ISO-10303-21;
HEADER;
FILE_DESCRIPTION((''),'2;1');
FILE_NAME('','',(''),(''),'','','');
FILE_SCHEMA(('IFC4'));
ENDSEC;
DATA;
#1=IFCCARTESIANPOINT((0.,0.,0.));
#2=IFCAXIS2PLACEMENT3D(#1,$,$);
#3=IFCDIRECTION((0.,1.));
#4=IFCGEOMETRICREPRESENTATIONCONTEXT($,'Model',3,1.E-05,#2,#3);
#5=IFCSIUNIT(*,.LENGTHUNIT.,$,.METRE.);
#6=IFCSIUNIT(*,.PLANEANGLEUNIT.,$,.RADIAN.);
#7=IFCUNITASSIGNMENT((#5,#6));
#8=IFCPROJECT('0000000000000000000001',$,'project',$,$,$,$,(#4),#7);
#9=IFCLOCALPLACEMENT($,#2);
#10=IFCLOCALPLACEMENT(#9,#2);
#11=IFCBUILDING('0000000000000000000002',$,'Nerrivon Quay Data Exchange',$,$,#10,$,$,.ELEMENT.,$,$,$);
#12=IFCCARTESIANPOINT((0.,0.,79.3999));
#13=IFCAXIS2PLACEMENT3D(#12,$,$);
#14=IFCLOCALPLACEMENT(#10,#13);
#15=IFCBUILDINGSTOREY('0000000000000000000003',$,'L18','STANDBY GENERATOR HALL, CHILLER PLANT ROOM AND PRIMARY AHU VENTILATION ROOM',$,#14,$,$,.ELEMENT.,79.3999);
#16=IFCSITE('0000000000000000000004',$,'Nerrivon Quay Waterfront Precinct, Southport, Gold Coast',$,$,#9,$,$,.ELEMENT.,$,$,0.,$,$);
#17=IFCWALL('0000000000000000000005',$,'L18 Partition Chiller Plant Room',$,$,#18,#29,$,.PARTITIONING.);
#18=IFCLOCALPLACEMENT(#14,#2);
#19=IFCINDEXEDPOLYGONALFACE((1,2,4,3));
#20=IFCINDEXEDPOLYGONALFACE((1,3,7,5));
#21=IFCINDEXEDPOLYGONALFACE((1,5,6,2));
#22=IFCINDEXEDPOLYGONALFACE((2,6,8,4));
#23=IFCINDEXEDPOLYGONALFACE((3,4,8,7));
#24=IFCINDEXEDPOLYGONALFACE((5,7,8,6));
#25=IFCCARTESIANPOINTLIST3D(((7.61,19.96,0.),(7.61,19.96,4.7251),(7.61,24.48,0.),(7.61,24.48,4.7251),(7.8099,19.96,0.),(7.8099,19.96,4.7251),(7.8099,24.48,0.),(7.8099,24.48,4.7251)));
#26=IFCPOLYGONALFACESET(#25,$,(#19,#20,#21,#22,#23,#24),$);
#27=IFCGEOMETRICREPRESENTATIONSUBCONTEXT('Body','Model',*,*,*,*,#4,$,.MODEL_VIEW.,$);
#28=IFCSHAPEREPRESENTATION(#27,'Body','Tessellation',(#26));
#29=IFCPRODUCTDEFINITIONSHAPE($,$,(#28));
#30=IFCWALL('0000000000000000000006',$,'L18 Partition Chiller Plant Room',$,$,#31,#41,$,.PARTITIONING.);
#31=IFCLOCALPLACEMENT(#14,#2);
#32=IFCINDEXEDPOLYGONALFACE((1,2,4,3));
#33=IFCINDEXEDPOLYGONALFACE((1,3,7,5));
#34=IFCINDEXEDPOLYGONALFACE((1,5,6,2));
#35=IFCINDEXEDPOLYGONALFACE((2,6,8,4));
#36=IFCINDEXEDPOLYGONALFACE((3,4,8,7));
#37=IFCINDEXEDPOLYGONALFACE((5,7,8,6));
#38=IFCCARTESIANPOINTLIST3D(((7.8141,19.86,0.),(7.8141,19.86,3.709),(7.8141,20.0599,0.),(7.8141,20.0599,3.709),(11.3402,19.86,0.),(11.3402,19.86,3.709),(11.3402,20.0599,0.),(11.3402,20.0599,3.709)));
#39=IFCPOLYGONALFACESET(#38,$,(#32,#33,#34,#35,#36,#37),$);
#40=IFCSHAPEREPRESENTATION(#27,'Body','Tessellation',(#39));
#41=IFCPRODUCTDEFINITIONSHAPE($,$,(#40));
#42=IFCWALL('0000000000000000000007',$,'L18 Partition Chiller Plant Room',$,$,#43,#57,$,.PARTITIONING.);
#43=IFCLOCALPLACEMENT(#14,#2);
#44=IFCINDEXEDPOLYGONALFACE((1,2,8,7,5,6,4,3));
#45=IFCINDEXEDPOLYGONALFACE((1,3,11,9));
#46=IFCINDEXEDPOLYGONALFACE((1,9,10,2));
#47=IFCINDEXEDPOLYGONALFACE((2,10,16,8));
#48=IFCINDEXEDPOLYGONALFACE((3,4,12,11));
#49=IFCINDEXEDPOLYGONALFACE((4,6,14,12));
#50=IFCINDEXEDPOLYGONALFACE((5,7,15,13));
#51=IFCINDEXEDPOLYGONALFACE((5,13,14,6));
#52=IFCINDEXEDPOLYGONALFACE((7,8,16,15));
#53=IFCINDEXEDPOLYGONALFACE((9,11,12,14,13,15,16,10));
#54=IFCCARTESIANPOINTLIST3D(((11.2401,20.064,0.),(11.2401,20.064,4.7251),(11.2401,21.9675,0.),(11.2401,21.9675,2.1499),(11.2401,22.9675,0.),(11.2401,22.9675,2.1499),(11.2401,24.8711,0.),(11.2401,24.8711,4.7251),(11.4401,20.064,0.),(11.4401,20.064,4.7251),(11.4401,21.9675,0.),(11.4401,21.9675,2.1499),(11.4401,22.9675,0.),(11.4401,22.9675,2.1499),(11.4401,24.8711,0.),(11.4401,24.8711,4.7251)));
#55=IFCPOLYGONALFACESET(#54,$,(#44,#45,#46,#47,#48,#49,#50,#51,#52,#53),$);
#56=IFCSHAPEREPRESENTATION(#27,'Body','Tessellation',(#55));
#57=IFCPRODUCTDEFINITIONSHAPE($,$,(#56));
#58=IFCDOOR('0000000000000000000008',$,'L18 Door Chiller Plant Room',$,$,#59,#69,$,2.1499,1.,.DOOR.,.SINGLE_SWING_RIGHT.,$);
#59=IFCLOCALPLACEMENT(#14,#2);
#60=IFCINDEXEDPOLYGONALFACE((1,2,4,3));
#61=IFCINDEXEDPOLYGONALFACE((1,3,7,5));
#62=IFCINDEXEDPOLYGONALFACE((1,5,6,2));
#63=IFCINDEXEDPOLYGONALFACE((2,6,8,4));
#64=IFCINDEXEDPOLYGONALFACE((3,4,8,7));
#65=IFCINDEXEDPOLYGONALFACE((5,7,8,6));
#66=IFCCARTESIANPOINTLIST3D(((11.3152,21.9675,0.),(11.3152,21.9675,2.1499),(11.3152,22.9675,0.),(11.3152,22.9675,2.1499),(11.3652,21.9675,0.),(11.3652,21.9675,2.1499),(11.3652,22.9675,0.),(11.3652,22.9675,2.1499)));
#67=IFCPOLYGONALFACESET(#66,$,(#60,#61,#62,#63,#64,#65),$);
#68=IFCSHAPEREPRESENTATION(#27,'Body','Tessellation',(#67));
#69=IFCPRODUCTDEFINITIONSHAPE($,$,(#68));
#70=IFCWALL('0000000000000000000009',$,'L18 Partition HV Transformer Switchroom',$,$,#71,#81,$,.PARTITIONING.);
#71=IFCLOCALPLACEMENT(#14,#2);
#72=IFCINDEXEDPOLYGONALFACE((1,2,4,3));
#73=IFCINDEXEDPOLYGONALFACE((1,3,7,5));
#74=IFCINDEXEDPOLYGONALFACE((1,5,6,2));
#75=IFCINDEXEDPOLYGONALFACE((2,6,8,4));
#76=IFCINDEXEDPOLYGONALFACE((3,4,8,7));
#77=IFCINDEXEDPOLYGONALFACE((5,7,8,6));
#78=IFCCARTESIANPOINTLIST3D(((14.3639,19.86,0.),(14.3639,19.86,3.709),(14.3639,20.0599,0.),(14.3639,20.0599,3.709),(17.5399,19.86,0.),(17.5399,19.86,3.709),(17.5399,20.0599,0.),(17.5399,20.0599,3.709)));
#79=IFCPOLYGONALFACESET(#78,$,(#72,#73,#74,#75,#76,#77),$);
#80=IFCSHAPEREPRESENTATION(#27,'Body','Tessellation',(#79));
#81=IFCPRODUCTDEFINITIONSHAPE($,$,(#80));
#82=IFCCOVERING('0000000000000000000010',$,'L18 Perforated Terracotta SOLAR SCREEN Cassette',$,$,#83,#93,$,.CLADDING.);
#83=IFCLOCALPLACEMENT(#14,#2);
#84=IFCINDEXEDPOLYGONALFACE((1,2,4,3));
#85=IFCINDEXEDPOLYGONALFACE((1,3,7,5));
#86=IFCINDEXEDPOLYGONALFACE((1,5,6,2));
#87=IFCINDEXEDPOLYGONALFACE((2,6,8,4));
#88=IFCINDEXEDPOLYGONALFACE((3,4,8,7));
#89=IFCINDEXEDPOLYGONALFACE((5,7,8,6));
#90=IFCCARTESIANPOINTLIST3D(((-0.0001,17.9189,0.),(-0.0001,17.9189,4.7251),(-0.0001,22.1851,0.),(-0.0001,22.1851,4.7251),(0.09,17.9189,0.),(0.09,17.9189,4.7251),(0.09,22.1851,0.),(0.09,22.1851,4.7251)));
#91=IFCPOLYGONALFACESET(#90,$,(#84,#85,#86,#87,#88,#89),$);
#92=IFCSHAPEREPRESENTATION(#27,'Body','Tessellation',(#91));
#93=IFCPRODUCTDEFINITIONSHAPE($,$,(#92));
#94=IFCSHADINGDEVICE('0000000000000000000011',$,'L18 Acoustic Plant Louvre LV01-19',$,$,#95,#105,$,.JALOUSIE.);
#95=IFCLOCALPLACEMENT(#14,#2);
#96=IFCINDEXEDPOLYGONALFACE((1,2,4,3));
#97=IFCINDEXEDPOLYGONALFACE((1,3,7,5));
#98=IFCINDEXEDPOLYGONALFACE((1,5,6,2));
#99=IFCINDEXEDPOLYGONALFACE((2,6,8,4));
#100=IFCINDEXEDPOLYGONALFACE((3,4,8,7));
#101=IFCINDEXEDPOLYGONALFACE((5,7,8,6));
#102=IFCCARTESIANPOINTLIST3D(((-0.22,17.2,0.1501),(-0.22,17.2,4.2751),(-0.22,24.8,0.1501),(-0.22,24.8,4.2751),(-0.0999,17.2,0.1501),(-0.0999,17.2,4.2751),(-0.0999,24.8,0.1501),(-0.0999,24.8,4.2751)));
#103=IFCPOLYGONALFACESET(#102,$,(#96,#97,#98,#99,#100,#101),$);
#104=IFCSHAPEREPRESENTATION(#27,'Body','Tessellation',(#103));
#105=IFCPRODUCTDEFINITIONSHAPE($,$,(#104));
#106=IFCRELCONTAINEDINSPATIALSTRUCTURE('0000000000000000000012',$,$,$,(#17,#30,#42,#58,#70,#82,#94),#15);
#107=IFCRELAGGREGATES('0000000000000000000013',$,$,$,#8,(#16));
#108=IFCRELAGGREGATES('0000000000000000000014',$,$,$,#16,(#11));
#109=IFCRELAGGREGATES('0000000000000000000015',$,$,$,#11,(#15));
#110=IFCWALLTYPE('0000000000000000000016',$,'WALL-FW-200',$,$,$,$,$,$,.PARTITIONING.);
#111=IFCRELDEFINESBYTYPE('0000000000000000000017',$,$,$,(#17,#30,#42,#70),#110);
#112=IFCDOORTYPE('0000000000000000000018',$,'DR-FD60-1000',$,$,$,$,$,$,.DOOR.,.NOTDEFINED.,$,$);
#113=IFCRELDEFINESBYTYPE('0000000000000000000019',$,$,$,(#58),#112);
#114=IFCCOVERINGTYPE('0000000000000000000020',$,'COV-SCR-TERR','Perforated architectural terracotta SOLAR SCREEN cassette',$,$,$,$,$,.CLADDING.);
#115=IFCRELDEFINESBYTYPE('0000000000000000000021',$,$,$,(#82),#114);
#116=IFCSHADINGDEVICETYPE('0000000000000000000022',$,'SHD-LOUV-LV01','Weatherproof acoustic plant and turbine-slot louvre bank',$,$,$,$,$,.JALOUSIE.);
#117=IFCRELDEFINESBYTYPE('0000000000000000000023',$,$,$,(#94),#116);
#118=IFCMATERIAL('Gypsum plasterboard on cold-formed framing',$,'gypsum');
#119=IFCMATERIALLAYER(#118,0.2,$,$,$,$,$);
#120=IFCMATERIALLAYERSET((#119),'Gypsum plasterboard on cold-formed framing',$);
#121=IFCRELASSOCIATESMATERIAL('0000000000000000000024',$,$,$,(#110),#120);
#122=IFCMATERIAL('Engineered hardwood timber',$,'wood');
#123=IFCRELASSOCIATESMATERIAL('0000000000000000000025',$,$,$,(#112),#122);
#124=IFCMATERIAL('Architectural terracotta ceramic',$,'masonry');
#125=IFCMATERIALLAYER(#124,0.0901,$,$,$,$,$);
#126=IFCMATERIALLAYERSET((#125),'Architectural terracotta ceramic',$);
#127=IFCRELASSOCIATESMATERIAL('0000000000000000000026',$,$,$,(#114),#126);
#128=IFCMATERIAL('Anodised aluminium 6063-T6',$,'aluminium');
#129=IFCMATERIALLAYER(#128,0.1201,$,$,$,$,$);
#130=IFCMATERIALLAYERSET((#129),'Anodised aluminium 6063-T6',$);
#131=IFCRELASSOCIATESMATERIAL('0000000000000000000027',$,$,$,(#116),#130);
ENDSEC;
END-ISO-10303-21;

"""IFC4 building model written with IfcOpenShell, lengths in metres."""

from ifc_helpers import new_model, si_unit, direction, frame, frame_2d, origin, origin_2d, place, context, subcontext, project, spatial, rectangle, extrude, material, layer, layer_set, type_object, element, fill, save


model = new_model("IFC4")

# Units and contexts
model_context = context("Model", 3, precision=1e-05, world=origin(), true_north=direction((0.0, 1.0)))
body_context = subcontext(model_context, "Body", "Model", "MODEL_VIEW")
ifc_project = project(units=[si_unit("LENGTHUNIT", "METRE"), si_unit("PLANEANGLEUNIT", "RADIAN")], contexts=[model_context])

# Site, building, storey
site_placement = place(None, origin())
site = spatial("IfcSite", under=ifc_project, at=site_placement, Name="Nerrivon Quay Waterfront Precinct, Southport, Gold Coast", CompositionType="ELEMENT", RefElevation=0.0)
building_placement = place(site_placement, origin())
building = spatial("IfcBuilding", under=site, at=building_placement, Name="Nerrivon Quay Data Exchange", CompositionType="ELEMENT")
storey_placement = place(building_placement, frame((0.0, 0.0, 79.3999)))
storey = spatial("IfcBuildingStorey", under=building, at=storey_placement, Name="L18", Description="STANDBY GENERATOR HALL, CHILLER PLANT ROOM AND PRIMARY AHU VENTILATION ROOM", CompositionType="ELEMENT", Elevation=79.3999)

# Shared definitions
ifc_material_1 = material(Name="Gypsum plasterboard on cold-formed framing", Category="gypsum")
ifc_layer_1 = layer(ifc_material_1, 0.2)
ifc_layer_set_1 = layer_set([ifc_layer_1], Name="Gypsum plasterboard on cold-formed framing")
wall_type_1 = type_object("IfcWallType", Name="WALL-FW-200", PredefinedType="PARTITIONING", material=ifc_layer_set_1)

# Shared definitions
ifc_material_2 = material(Name="Engineered hardwood timber", Category="wood")
door_type = type_object("IfcDoorType", Name="DR-FD60-1000", OperationType="NOTDEFINED", PredefinedType="DOOR", material=ifc_material_2)

# Walls
wall_1_placement = place(storey_placement, frame((7.71, 24.48, 0.0), z_axis=(0.0, 0.0, 1.0), x_axis=(0.0, -1.0, 0.0)))
element("IfcWall", 1, at=wall_1_placement, inside=storey, type_object=wall_type_1, Name="L18 Partition Chiller Plant Room", PredefinedType="PARTITIONING", context=body_context, shape_type="SweptSolid", body=[
    extrude(rectangle(XDim=4.52, YDim=0.2, at=frame_2d((2.26, 0.0))), origin(), (0.0, 0.0, 1.0), 4.7251),
])
wall_2_placement = place(storey_placement, frame((7.814, 19.96, 0.0), z_axis=(0.0, 0.0, 1.0), x_axis=(1.0, 0.0, 0.0)))
element("IfcWall", 2, at=wall_2_placement, inside=storey, type_object=wall_type_1, Name="L18 Partition Chiller Plant Room", PredefinedType="PARTITIONING", context=body_context, shape_type="SweptSolid", body=[
    extrude(rectangle(XDim=3.5261, YDim=0.2, at=frame_2d((1.7632, 0.0))), origin(), (0.0, 0.0, 1.0), 3.709),
])

# Wall, opening, door
wall_3_placement = place(storey_placement, frame((11.3401, 20.064, 0.0), z_axis=(0.0, 0.0, 1.0), x_axis=(0.0, 1.0, 0.0)))
wall_3 = element("IfcWall", 3, at=wall_3_placement, inside=storey, type_object=wall_type_1, Name="L18 Partition Chiller Plant Room", PredefinedType="PARTITIONING", context=body_context, shape_type="SweptSolid", body=[
    extrude(rectangle(XDim=4.8071, YDim=0.2, at=frame_2d((2.4036, 0.0))), origin(), (0.0, 0.0, 1.0), 4.7251),
])
opening_1_placement = place(wall_3_placement, frame((1.9036, 0.0, 0.0)))
opening_1 = element("IfcOpeningElement", 4, at=opening_1_placement, cuts=wall_3, PredefinedType="OPENING", context=body_context, shape_type="SweptSolid", body=[
    extrude(rectangle(XDim=1.0, YDim=2.1499, at=frame_2d((0.5, 1.075))), frame((0.0, 0.1099, 0.0), z_axis=(0.0, -1.0, 0.0), x_axis=(1.0, 0.0, 0.0)), (0.0, 0.0, 1.0), 0.22),
])
door_1_placement = place(opening_1_placement, origin())
door_1 = element("IfcDoor", 5, at=door_1_placement, inside=storey, type_object=door_type, Name="L18 Door Chiller Plant Room", OperationType="SINGLE_SWING_RIGHT", OverallHeight=2.1499, OverallWidth=1.0, PredefinedType="DOOR", context=body_context, shape_type="SweptSolid", body=[
    extrude(rectangle(XDim=1.0, YDim=2.1499, at=frame_2d((0.5, 1.075))), frame((0.0, 0.0249, 0.0), z_axis=(0.0, -1.0, 0.0), x_axis=(1.0, 0.0, 0.0)), (0.0, 0.0, 1.0), 0.05),
])
fill(opening_1, door_1)

# Wall
wall_4_placement = place(storey_placement, frame((14.364, 19.96, 0.0), z_axis=(0.0, 0.0, 1.0), x_axis=(1.0, 0.0, 0.0)))
element("IfcWall", 6, at=wall_4_placement, inside=storey, type_object=wall_type_1, Name="L18 Partition HV Transformer Switchroom", PredefinedType="PARTITIONING", context=body_context, shape_type="SweptSolid", body=[
    extrude(rectangle(XDim=3.176, YDim=0.2, at=frame_2d((1.5879, 0.0))), origin(), (0.0, 0.0, 1.0), 3.709),
])

# Covering
ifc_material_3 = material(Name="Architectural terracotta ceramic", Category="masonry")
ifc_layer_2 = layer(ifc_material_3, 0.0901)
ifc_layer_set_2 = layer_set([ifc_layer_2], Name="Architectural terracotta ceramic")
covering_type = type_object("IfcCoveringType", Name="COV-SCR-TERR", Description="Perforated architectural terracotta SOLAR SCREEN cassette", PredefinedType="CLADDING", material=ifc_layer_set_2)
covering_placement = place(storey_placement, frame((0.0449, 20.052, 0.0), z_axis=(0.0, 0.0, 1.0), x_axis=(0.0, 1.0, 0.0)))
element("IfcCovering", 7, at=covering_placement, inside=storey, type_object=covering_type, Name="L18 Perforated Terracotta SOLAR SCREEN Cassette", PredefinedType="CLADDING", context=body_context, shape_type="SweptSolid", body=[
    extrude(rectangle(XDim=4.2661, YDim=0.0901, at=origin_2d()), origin(), (0.0, 0.0, 1.0), 4.7251),
])

# Shading device
ifc_material_4 = material(Name="Anodised aluminium 6063-T6", Category="aluminium")
ifc_layer_3 = layer(ifc_material_4, 0.1201)
ifc_layer_set_3 = layer_set([ifc_layer_3], Name="Anodised aluminium 6063-T6")
shading_device_type = type_object("IfcShadingDeviceType", Name="SHD-LOUV-LV01", Description="Weatherproof acoustic plant and turbine-slot louvre bank", PredefinedType="JALOUSIE", material=ifc_layer_set_3)
shading_device_placement = place(storey_placement, frame((-0.1599, 21.0, 0.1501), z_axis=(0.0, 0.0, 1.0), x_axis=(0.0, 1.0, 0.0)))
element("IfcShadingDevice", 8, at=shading_device_placement, inside=storey, type_object=shading_device_type, Name="L18 Acoustic Plant Louvre LV01-19", PredefinedType="JALOUSIE", context=body_context, shape_type="SweptSolid", body=[
    extrude(rectangle(XDim=7.6001, YDim=0.1201, at=origin_2d()), origin(), (0.0, 0.0, 1.0), 4.125),
])

save(model, "model.ifc")
